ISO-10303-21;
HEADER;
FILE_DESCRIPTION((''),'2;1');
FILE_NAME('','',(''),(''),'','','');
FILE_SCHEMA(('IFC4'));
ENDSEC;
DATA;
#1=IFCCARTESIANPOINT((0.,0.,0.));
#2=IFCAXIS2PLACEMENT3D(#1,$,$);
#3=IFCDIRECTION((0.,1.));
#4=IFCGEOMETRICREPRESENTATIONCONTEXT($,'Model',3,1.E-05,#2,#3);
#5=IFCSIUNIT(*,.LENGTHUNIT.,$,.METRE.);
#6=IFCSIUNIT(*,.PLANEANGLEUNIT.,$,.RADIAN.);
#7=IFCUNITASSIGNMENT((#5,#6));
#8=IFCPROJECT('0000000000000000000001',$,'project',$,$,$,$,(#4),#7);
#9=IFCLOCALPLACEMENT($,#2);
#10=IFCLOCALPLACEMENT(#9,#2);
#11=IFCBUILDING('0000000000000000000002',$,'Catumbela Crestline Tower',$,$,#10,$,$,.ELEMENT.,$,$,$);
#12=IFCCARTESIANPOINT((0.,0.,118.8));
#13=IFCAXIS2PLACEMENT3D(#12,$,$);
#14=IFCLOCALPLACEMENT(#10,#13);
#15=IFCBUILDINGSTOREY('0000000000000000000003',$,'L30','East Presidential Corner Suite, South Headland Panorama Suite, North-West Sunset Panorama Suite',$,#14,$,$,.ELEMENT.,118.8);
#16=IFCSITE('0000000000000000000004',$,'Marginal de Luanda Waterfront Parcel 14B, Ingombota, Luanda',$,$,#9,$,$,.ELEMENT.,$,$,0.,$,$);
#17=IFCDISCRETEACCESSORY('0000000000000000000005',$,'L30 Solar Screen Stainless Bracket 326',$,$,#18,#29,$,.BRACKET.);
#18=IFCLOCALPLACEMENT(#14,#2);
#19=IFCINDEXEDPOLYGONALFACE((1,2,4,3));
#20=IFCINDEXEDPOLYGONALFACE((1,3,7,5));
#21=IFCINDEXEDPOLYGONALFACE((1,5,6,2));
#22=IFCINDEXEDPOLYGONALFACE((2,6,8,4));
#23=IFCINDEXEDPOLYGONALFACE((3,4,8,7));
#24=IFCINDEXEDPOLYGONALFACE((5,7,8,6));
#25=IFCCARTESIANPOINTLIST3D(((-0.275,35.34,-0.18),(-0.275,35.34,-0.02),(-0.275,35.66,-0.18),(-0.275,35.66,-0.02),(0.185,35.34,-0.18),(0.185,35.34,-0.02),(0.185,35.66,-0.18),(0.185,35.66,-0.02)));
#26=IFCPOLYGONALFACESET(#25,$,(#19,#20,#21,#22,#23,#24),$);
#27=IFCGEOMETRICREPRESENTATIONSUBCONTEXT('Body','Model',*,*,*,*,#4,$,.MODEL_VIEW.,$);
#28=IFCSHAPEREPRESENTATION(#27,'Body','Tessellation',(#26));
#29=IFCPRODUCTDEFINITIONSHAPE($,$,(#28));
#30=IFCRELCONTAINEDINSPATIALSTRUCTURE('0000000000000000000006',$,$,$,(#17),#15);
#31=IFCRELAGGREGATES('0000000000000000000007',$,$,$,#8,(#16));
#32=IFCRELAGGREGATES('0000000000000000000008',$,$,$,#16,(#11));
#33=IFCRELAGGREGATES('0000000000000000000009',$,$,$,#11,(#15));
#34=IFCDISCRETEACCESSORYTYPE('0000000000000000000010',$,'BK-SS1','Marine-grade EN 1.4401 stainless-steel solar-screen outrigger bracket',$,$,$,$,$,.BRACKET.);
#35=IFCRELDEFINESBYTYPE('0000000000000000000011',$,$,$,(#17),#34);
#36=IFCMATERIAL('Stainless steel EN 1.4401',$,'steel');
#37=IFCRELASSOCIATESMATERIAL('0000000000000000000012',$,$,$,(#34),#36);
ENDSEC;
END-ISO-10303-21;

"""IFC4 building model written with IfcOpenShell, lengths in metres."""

from ifc_helpers import new_model, si_unit, direction, frame, origin, origin_2d, place, context, subcontext, project, spatial, rectangle, extrude, material, type_object, element, save


model = new_model("IFC4")

# Units and contexts
model_context = context("Model", 3, precision=1e-05, world=origin(), true_north=direction((0.0, 1.0)))
body_context = subcontext(model_context, "Body", "Model", "MODEL_VIEW")
ifc_project = project(units=[si_unit("LENGTHUNIT", "METRE"), si_unit("PLANEANGLEUNIT", "RADIAN")], contexts=[model_context])

# Site, building, storey
site_placement = place(None, origin())
site = spatial("IfcSite", under=ifc_project, at=site_placement, Name="Marginal de Luanda Waterfront Parcel 14B, Ingombota, Luanda", CompositionType="ELEMENT", RefElevation=0.0)
building_placement = place(site_placement, origin())
building = spatial("IfcBuilding", under=site, at=building_placement, Name="Catumbela Crestline Tower", CompositionType="ELEMENT")
storey_placement = place(building_placement, frame((0.0, 0.0, 118.8)))
storey = spatial("IfcBuildingStorey", under=building, at=storey_placement, Name="L30", Description="East Presidential Corner Suite, South Headland Panorama Suite, North-West Sunset Panorama Suite", CompositionType="ELEMENT", Elevation=118.8)

# Discrete accessory
ifc_material_1 = material(Name="Stainless steel EN 1.4401", Category="steel")
discrete_accessory_type = type_object("IfcDiscreteAccessoryType", Name="BK-SS1", Description="Marine-grade EN 1.4401 stainless-steel solar-screen outrigger bracket", PredefinedType="BRACKET", material=ifc_material_1)
discrete_accessory_placement = place(storey_placement, frame((-0.045, 35.5, -0.18), z_axis=(0.0, 0.0, 1.0), x_axis=(0.0, -1.0, 0.0)))
element("IfcDiscreteAccessory", 1, at=discrete_accessory_placement, inside=storey, type_object=discrete_accessory_type, Name="L30 Solar Screen Stainless Bracket 326", PredefinedType="BRACKET", context=body_context, shape_type="SweptSolid", body=[
    extrude(rectangle(XDim=0.32, YDim=0.46, at=origin_2d()), origin(), (0.0, 0.0, 1.0), 0.16),
])

save(model, "model.ifc")
